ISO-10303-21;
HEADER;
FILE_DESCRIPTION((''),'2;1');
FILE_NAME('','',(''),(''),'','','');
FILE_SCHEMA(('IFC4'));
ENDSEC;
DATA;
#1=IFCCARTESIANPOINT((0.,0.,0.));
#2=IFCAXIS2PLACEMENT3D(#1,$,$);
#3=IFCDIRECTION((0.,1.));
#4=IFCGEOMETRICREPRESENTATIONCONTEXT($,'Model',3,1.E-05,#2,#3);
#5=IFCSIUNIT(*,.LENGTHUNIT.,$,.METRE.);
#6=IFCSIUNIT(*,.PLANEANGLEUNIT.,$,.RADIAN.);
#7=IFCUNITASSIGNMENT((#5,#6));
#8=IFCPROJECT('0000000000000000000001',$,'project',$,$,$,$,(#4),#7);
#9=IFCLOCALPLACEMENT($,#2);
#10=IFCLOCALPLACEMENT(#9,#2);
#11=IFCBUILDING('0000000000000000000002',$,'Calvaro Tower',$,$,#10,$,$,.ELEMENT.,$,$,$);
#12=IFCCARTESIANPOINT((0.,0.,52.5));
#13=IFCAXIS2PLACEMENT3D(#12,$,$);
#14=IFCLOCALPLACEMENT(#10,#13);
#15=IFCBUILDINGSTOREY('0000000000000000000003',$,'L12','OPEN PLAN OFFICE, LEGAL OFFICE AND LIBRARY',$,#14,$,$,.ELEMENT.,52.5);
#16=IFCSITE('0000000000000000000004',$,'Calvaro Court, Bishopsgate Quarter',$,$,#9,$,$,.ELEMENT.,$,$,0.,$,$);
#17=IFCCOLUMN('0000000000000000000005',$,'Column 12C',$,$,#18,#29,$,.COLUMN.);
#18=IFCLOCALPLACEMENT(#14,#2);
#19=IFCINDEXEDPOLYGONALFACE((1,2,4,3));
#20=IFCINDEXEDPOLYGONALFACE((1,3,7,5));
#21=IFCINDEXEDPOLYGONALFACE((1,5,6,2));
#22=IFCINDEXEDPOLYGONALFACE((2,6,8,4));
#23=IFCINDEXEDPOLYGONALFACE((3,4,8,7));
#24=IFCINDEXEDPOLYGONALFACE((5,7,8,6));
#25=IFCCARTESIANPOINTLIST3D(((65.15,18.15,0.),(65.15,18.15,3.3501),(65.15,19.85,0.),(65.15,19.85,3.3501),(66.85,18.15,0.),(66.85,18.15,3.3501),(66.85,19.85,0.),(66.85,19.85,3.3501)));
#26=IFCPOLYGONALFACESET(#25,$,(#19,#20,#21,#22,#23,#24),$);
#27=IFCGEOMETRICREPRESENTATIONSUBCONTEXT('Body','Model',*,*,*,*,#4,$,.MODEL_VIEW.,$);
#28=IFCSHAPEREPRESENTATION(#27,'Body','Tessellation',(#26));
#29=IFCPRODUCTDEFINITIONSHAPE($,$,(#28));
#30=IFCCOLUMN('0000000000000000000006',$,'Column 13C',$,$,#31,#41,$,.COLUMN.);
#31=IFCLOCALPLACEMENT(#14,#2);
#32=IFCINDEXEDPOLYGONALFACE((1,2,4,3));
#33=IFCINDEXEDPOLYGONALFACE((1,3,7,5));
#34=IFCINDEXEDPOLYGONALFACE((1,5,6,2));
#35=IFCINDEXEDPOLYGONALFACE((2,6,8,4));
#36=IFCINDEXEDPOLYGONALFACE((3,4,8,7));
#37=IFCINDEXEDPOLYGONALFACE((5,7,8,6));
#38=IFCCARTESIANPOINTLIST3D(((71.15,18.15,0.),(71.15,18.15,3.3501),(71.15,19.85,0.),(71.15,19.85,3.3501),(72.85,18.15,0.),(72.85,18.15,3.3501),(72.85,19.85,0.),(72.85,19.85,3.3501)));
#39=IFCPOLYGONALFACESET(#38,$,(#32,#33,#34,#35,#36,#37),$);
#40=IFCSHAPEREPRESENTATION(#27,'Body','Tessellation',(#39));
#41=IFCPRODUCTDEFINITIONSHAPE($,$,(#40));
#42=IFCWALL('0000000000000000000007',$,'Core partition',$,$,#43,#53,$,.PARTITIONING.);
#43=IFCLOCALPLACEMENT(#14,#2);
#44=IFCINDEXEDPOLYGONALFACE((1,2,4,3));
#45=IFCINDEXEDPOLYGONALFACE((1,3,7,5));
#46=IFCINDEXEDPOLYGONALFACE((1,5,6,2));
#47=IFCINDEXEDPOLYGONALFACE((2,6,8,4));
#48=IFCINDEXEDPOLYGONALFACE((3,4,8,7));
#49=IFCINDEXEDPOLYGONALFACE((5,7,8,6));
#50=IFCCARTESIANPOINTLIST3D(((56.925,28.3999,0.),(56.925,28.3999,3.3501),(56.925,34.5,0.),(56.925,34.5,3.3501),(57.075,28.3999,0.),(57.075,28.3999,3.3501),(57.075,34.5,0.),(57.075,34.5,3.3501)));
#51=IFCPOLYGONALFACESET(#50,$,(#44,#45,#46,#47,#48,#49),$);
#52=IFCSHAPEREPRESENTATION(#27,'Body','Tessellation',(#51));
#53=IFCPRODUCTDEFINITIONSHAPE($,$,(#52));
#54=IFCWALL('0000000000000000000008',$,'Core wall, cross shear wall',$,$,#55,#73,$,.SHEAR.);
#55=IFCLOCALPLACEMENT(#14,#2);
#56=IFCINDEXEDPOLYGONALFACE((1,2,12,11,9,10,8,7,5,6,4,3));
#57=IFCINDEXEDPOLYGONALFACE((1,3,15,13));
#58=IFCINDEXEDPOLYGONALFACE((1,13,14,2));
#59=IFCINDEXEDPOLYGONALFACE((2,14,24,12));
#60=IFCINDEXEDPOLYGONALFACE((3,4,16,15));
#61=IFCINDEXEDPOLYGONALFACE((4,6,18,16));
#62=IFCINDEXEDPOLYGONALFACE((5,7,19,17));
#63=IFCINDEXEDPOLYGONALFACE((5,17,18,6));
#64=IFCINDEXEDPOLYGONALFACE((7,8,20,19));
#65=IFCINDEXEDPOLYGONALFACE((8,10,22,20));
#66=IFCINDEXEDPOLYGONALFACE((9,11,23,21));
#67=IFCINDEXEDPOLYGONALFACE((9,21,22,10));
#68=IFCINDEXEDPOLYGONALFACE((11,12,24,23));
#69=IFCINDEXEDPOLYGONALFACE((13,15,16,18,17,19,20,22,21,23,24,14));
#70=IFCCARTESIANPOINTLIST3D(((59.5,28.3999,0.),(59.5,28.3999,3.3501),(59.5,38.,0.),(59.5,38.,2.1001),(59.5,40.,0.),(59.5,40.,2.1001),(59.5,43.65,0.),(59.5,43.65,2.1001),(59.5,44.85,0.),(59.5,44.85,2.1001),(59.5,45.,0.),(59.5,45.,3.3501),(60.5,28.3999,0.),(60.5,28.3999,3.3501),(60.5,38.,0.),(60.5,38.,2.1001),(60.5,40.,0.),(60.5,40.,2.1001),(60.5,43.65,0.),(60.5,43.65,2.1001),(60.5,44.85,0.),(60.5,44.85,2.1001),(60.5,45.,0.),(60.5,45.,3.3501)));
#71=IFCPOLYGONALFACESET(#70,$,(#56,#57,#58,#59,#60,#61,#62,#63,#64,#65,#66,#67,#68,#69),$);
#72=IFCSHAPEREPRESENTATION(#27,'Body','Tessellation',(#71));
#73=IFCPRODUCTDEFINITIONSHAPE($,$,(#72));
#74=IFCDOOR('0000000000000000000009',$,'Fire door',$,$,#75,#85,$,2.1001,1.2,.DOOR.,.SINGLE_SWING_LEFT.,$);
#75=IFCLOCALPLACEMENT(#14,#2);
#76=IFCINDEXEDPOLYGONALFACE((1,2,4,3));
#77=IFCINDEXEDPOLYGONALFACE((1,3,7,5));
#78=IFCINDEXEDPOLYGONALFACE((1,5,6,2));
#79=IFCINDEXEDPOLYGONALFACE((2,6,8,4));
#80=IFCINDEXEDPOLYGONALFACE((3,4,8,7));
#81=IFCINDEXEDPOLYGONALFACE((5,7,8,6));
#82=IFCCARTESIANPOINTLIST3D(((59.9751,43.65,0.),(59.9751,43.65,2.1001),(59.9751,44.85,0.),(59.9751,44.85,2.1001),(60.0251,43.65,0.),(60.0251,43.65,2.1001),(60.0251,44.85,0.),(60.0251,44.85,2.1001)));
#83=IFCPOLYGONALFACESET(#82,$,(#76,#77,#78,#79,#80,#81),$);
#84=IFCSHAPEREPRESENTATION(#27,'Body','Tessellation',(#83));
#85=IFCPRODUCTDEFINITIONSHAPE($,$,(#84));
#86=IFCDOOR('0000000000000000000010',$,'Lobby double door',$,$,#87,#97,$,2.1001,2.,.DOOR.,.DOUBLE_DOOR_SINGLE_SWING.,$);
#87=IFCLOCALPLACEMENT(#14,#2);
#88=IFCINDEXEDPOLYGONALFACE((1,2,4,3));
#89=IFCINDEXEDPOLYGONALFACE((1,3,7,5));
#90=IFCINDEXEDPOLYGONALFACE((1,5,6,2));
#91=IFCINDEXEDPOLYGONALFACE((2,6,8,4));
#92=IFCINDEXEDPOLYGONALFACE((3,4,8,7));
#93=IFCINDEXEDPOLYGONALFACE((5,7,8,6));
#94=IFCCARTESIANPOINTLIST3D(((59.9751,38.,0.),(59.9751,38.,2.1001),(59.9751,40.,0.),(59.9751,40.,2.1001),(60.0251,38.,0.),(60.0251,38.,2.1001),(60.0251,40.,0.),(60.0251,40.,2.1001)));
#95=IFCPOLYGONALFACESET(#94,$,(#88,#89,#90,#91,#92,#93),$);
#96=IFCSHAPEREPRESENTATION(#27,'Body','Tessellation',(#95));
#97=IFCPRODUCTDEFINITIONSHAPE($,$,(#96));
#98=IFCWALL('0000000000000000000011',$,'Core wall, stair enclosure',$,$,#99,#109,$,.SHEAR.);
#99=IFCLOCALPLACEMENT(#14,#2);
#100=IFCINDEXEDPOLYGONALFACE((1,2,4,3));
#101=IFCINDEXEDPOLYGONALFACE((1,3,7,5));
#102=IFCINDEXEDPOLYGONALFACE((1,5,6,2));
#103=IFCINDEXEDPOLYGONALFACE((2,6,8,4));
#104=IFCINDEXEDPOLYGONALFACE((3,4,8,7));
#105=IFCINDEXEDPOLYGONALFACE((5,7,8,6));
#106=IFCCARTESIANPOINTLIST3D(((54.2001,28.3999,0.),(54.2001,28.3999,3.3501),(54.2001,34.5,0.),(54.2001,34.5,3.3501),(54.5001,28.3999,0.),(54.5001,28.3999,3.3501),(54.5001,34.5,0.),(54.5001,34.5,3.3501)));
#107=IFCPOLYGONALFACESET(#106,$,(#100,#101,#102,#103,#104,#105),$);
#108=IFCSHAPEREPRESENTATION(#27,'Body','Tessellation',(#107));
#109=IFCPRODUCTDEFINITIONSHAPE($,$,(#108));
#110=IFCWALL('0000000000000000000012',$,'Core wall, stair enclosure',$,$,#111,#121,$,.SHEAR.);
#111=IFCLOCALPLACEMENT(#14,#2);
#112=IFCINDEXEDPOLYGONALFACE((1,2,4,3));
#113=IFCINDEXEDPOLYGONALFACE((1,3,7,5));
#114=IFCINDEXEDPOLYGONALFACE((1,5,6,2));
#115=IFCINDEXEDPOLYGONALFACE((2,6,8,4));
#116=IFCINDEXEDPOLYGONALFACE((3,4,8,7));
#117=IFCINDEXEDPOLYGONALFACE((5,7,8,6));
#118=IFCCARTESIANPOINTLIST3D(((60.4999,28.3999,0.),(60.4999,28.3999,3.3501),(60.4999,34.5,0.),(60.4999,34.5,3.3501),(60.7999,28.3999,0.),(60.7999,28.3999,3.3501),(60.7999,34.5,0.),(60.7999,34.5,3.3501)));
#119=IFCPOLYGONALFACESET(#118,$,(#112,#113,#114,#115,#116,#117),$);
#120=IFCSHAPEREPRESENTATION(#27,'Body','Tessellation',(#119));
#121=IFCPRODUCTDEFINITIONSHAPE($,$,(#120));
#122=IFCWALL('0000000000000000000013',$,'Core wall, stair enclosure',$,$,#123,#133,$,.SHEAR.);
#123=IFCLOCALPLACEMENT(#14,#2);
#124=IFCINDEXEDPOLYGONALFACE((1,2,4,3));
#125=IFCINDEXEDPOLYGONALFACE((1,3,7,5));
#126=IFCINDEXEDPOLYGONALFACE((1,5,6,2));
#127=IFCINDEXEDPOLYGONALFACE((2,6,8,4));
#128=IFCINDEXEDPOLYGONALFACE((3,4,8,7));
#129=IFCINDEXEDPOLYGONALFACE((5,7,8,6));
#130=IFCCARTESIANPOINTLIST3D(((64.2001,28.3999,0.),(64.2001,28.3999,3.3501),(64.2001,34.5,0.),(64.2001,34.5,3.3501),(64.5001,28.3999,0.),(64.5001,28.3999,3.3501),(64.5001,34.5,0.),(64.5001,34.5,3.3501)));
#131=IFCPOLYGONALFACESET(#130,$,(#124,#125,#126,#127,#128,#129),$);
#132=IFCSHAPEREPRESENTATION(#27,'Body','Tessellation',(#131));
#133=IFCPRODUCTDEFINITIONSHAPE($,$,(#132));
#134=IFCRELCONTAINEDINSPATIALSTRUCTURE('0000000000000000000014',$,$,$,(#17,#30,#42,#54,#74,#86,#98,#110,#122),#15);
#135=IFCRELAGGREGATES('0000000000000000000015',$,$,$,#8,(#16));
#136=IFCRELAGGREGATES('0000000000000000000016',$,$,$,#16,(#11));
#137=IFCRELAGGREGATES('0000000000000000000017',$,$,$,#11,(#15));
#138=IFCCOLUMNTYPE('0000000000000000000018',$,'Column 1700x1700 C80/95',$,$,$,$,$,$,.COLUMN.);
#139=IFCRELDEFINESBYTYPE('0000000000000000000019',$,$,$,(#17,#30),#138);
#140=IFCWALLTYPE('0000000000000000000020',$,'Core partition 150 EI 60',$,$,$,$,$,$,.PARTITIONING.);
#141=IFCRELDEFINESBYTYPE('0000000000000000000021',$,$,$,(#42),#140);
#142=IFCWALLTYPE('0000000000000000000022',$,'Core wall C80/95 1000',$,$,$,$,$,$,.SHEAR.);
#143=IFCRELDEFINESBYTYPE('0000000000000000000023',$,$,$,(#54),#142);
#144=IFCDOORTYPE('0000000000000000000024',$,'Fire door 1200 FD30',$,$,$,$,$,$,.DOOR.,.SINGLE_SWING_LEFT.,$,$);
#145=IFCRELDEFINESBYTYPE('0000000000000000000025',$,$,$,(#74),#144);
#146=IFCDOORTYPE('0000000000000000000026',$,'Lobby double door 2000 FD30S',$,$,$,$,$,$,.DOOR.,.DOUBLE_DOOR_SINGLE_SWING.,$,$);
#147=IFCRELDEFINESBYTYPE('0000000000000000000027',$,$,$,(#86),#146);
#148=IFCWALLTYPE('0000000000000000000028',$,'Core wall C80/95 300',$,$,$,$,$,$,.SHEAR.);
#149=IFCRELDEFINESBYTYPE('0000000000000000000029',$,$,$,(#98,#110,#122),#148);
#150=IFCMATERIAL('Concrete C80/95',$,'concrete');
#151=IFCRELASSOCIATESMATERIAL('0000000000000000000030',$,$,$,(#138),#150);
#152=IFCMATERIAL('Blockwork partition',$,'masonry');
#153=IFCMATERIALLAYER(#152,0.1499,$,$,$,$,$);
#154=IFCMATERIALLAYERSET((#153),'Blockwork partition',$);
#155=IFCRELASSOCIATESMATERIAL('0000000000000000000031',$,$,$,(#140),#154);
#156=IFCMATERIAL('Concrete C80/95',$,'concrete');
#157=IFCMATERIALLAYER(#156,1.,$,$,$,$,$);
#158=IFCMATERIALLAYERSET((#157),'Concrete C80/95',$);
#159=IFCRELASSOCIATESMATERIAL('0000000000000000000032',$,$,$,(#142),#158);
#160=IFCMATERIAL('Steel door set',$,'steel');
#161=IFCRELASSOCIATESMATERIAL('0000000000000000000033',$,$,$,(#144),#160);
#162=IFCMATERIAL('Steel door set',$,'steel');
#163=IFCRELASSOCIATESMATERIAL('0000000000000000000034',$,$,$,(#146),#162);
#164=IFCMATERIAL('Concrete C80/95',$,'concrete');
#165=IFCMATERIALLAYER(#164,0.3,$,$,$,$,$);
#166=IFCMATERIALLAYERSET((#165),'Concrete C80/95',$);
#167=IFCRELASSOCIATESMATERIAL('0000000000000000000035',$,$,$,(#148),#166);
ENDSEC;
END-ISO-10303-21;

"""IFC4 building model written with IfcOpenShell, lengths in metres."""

from ifc_helpers import new_model, si_unit, direction, frame, frame_2d, origin, origin_2d, place, context, subcontext, project, spatial, rectangle, extrude, material, layer, layer_set, material_profile, profile_set, type_object, element, fill, save


model = new_model("IFC4")

# Units and contexts
model_context = context("Model", 3, precision=1e-05, world=origin(), true_north=direction((0.0, 1.0)))
body_context = subcontext(model_context, "Body", "Model", "MODEL_VIEW")
ifc_project = project(units=[si_unit("LENGTHUNIT", "METRE"), si_unit("PLANEANGLEUNIT", "RADIAN")], contexts=[model_context])

# Site, building, storey
site_placement = place(None, origin())
site = spatial("IfcSite", under=ifc_project, at=site_placement, Name="Calvaro Court, Bishopsgate Quarter", CompositionType="ELEMENT", RefElevation=0.0)
building_placement = place(site_placement, origin())
building = spatial("IfcBuilding", under=site, at=building_placement, Name="Calvaro Tower", CompositionType="ELEMENT")
storey_placement = place(building_placement, frame((0.0, 0.0, 52.5)))
storey = spatial("IfcBuildingStorey", under=building, at=storey_placement, Name="L12", Description="OPEN PLAN OFFICE, LEGAL OFFICE AND LIBRARY", CompositionType="ELEMENT", Elevation=52.5)

# Columns
ifc_material_1 = material(Name="Concrete C80/95", Category="concrete")
ifc_material_profile = material_profile(ifc_material_1, rectangle(XDim=1.7, YDim=1.7, at=origin_2d()), Name="RC 1700x1700")
ifc_profile_set = profile_set([ifc_material_profile], Name="Concrete C80/95")
column_type = type_object("IfcColumnType", Name="Column 1700x1700 C80/95", PredefinedType="COLUMN", material=ifc_profile_set)
for number, where, z_axis, x_axis, name in (
    (1, (66.0, 19.0, 0.0), (0.0, 0.0, 1.0), (1.0, 0.0, 0.0), "Column 12C"),
    (2, (72.0, 19.0, 0.0), (0.0, 0.0, 1.0), (1.0, 0.0, 0.0), "Column 13C"),
):
    element("IfcColumn", number, at=place(storey_placement, frame(where, z_axis=z_axis, x_axis=x_axis)), inside=storey, type_object=column_type, Name=name, PredefinedType="COLUMN", context=body_context, shape_type="SweptSolid", body=[
        extrude(rectangle(XDim=1.7, YDim=1.7, at=origin_2d()), origin(), (0.0, 0.0, 1.0), 3.3501),
    ])

# Wall
ifc_material_2 = material(Name="Blockwork partition", Category="masonry")
ifc_layer_1 = layer(ifc_material_2, 0.1499)
ifc_layer_set_1 = layer_set([ifc_layer_1], Name="Blockwork partition")
wall_type_1 = type_object("IfcWallType", Name="Core partition 150 EI 60", PredefinedType="PARTITIONING", material=ifc_layer_set_1)
wall_1_placement = place(storey_placement, frame((57.0, 28.3999, 0.0), z_axis=(0.0, 0.0, 1.0), x_axis=(0.0, 1.0, 0.0)))
element("IfcWall", 3, at=wall_1_placement, inside=storey, type_object=wall_type_1, Name="Core partition", PredefinedType="PARTITIONING", context=body_context, shape_type="SweptSolid", body=[
    extrude(rectangle(XDim=6.1001, YDim=0.1499, at=frame_2d((3.05, 0.0))), origin(), (0.0, 0.0, 1.0), 3.3501),
])

# Wall, openings, doors
ifc_material_3 = material(Name="Concrete C80/95", Category="concrete")
ifc_layer_2 = layer(ifc_material_3, 1.0)
ifc_layer_set_2 = layer_set([ifc_layer_2], Name="Concrete C80/95")
wall_type_2 = type_object("IfcWallType", Name="Core wall C80/95 1000", PredefinedType="SHEAR", material=ifc_layer_set_2)
wall_2_placement = place(storey_placement, frame((60.0, 28.3999, 0.0), z_axis=(0.0, 0.0, 1.0), x_axis=(0.0, 1.0, 0.0)))
wall_2 = element("IfcWall", 4, at=wall_2_placement, inside=storey, type_object=wall_type_2, Name="Core wall, cross shear wall", PredefinedType="SHEAR", context=body_context, shape_type="SweptSolid", body=[
    extrude(rectangle(XDim=16.6001, YDim=1.0, at=frame_2d((8.3, 0.0))), origin(), (0.0, 0.0, 1.0), 3.3501),
])
opening_1_placement = place(wall_2_placement, frame((9.6001, 0.0, 0.0)))
opening_1 = element("IfcOpeningElement", 5, at=opening_1_placement, cuts=wall_2, PredefinedType="OPENING", context=body_context, shape_type="SweptSolid", body=[
    extrude(rectangle(XDim=2.0, YDim=2.1001, at=frame_2d((1.0, 1.05))), frame((0.0, 0.51, 0.0), z_axis=(0.0, -1.0, 0.0), x_axis=(1.0, 0.0, 0.0)), (0.0, 0.0, 1.0), 1.02),
])
opening_2_placement = place(wall_2_placement, frame((15.25, 0.0, 0.0)))
opening_2 = element("IfcOpeningElement", 6, at=opening_2_placement, cuts=wall_2, PredefinedType="OPENING", context=body_context, shape_type="SweptSolid", body=[
    extrude(rectangle(XDim=1.2, YDim=2.1001, at=frame_2d((0.6001, 1.05))), frame((0.0, 0.51, 0.0), z_axis=(0.0, -1.0, 0.0), x_axis=(1.0, 0.0, 0.0)), (0.0, 0.0, 1.0), 1.02),
])
ifc_material_4 = material(Name="Steel door set", Category="steel")
door_type_1 = type_object("IfcDoorType", Name="Fire door 1200 FD30", OperationType="SINGLE_SWING_LEFT", PredefinedType="DOOR", material=ifc_material_4)
door_1_placement = place(opening_2_placement, origin())
door_1 = element("IfcDoor", 7, at=door_1_placement, inside=storey, type_object=door_type_1, Name="Fire door", OperationType="SINGLE_SWING_LEFT", OverallHeight=2.1001, OverallWidth=1.2, PredefinedType="DOOR", context=body_context, shape_type="SweptSolid", body=[
    extrude(rectangle(XDim=1.2, YDim=2.1001, at=frame_2d((0.6001, 1.05))), frame((0.0, 0.0249, 0.0), z_axis=(0.0, -1.0, 0.0), x_axis=(1.0, 0.0, 0.0)), (0.0, 0.0, 1.0), 0.05),
])
fill(opening_2, door_1)
ifc_material_5 = material(Name="Steel door set", Category="steel")
door_type_2 = type_object("IfcDoorType", Name="Lobby double door 2000 FD30S", OperationType="DOUBLE_DOOR_SINGLE_SWING", PredefinedType="DOOR", material=ifc_material_5)
door_2_placement = place(opening_1_placement, origin())
door_2 = element("IfcDoor", 8, at=door_2_placement, inside=storey, type_object=door_type_2, Name="Lobby double door", OperationType="DOUBLE_DOOR_SINGLE_SWING", OverallHeight=2.1001, OverallWidth=2.0, PredefinedType="DOOR", context=body_context, shape_type="SweptSolid", body=[
    extrude(rectangle(XDim=2.0, YDim=2.1001, at=frame_2d((1.0, 1.05))), frame((0.0, 0.0249, 0.0), z_axis=(0.0, -1.0, 0.0), x_axis=(1.0, 0.0, 0.0)), (0.0, 0.0, 1.0), 0.05),
])
fill(opening_1, door_2)

# Walls
ifc_material_6 = material(Name="Concrete C80/95", Category="concrete")
ifc_layer_3 = layer(ifc_material_6, 0.3)
ifc_layer_set_3 = layer_set([ifc_layer_3], Name="Concrete C80/95")
wall_type_3 = type_object("IfcWallType", Name="Core wall C80/95 300", PredefinedType="SHEAR", material=ifc_layer_set_3)
for number, where, z_axis, x_axis, name in (
    (9, (54.3501, 28.3999, 0.0), (0.0, 0.0, 1.0), (0.0, 1.0, 0.0), "Core wall, stair enclosure"),
    (10, (60.6499, 28.3999, 0.0), (0.0, 0.0, 1.0), (0.0, 1.0, 0.0), "Core wall, stair enclosure"),
    (11, (64.3501, 28.3999, 0.0), (0.0, 0.0, 1.0), (0.0, 1.0, 0.0), "Core wall, stair enclosure"),
):
    element("IfcWall", number, at=place(storey_placement, frame(where, z_axis=z_axis, x_axis=x_axis)), inside=storey, type_object=wall_type_3, Name=name, PredefinedType="SHEAR", context=body_context, shape_type="SweptSolid", body=[
        extrude(rectangle(XDim=6.1001, YDim=0.3, at=frame_2d((3.05, 0.0))), origin(), (0.0, 0.0, 1.0), 3.3501),
    ])

save(model, "model.ifc")
